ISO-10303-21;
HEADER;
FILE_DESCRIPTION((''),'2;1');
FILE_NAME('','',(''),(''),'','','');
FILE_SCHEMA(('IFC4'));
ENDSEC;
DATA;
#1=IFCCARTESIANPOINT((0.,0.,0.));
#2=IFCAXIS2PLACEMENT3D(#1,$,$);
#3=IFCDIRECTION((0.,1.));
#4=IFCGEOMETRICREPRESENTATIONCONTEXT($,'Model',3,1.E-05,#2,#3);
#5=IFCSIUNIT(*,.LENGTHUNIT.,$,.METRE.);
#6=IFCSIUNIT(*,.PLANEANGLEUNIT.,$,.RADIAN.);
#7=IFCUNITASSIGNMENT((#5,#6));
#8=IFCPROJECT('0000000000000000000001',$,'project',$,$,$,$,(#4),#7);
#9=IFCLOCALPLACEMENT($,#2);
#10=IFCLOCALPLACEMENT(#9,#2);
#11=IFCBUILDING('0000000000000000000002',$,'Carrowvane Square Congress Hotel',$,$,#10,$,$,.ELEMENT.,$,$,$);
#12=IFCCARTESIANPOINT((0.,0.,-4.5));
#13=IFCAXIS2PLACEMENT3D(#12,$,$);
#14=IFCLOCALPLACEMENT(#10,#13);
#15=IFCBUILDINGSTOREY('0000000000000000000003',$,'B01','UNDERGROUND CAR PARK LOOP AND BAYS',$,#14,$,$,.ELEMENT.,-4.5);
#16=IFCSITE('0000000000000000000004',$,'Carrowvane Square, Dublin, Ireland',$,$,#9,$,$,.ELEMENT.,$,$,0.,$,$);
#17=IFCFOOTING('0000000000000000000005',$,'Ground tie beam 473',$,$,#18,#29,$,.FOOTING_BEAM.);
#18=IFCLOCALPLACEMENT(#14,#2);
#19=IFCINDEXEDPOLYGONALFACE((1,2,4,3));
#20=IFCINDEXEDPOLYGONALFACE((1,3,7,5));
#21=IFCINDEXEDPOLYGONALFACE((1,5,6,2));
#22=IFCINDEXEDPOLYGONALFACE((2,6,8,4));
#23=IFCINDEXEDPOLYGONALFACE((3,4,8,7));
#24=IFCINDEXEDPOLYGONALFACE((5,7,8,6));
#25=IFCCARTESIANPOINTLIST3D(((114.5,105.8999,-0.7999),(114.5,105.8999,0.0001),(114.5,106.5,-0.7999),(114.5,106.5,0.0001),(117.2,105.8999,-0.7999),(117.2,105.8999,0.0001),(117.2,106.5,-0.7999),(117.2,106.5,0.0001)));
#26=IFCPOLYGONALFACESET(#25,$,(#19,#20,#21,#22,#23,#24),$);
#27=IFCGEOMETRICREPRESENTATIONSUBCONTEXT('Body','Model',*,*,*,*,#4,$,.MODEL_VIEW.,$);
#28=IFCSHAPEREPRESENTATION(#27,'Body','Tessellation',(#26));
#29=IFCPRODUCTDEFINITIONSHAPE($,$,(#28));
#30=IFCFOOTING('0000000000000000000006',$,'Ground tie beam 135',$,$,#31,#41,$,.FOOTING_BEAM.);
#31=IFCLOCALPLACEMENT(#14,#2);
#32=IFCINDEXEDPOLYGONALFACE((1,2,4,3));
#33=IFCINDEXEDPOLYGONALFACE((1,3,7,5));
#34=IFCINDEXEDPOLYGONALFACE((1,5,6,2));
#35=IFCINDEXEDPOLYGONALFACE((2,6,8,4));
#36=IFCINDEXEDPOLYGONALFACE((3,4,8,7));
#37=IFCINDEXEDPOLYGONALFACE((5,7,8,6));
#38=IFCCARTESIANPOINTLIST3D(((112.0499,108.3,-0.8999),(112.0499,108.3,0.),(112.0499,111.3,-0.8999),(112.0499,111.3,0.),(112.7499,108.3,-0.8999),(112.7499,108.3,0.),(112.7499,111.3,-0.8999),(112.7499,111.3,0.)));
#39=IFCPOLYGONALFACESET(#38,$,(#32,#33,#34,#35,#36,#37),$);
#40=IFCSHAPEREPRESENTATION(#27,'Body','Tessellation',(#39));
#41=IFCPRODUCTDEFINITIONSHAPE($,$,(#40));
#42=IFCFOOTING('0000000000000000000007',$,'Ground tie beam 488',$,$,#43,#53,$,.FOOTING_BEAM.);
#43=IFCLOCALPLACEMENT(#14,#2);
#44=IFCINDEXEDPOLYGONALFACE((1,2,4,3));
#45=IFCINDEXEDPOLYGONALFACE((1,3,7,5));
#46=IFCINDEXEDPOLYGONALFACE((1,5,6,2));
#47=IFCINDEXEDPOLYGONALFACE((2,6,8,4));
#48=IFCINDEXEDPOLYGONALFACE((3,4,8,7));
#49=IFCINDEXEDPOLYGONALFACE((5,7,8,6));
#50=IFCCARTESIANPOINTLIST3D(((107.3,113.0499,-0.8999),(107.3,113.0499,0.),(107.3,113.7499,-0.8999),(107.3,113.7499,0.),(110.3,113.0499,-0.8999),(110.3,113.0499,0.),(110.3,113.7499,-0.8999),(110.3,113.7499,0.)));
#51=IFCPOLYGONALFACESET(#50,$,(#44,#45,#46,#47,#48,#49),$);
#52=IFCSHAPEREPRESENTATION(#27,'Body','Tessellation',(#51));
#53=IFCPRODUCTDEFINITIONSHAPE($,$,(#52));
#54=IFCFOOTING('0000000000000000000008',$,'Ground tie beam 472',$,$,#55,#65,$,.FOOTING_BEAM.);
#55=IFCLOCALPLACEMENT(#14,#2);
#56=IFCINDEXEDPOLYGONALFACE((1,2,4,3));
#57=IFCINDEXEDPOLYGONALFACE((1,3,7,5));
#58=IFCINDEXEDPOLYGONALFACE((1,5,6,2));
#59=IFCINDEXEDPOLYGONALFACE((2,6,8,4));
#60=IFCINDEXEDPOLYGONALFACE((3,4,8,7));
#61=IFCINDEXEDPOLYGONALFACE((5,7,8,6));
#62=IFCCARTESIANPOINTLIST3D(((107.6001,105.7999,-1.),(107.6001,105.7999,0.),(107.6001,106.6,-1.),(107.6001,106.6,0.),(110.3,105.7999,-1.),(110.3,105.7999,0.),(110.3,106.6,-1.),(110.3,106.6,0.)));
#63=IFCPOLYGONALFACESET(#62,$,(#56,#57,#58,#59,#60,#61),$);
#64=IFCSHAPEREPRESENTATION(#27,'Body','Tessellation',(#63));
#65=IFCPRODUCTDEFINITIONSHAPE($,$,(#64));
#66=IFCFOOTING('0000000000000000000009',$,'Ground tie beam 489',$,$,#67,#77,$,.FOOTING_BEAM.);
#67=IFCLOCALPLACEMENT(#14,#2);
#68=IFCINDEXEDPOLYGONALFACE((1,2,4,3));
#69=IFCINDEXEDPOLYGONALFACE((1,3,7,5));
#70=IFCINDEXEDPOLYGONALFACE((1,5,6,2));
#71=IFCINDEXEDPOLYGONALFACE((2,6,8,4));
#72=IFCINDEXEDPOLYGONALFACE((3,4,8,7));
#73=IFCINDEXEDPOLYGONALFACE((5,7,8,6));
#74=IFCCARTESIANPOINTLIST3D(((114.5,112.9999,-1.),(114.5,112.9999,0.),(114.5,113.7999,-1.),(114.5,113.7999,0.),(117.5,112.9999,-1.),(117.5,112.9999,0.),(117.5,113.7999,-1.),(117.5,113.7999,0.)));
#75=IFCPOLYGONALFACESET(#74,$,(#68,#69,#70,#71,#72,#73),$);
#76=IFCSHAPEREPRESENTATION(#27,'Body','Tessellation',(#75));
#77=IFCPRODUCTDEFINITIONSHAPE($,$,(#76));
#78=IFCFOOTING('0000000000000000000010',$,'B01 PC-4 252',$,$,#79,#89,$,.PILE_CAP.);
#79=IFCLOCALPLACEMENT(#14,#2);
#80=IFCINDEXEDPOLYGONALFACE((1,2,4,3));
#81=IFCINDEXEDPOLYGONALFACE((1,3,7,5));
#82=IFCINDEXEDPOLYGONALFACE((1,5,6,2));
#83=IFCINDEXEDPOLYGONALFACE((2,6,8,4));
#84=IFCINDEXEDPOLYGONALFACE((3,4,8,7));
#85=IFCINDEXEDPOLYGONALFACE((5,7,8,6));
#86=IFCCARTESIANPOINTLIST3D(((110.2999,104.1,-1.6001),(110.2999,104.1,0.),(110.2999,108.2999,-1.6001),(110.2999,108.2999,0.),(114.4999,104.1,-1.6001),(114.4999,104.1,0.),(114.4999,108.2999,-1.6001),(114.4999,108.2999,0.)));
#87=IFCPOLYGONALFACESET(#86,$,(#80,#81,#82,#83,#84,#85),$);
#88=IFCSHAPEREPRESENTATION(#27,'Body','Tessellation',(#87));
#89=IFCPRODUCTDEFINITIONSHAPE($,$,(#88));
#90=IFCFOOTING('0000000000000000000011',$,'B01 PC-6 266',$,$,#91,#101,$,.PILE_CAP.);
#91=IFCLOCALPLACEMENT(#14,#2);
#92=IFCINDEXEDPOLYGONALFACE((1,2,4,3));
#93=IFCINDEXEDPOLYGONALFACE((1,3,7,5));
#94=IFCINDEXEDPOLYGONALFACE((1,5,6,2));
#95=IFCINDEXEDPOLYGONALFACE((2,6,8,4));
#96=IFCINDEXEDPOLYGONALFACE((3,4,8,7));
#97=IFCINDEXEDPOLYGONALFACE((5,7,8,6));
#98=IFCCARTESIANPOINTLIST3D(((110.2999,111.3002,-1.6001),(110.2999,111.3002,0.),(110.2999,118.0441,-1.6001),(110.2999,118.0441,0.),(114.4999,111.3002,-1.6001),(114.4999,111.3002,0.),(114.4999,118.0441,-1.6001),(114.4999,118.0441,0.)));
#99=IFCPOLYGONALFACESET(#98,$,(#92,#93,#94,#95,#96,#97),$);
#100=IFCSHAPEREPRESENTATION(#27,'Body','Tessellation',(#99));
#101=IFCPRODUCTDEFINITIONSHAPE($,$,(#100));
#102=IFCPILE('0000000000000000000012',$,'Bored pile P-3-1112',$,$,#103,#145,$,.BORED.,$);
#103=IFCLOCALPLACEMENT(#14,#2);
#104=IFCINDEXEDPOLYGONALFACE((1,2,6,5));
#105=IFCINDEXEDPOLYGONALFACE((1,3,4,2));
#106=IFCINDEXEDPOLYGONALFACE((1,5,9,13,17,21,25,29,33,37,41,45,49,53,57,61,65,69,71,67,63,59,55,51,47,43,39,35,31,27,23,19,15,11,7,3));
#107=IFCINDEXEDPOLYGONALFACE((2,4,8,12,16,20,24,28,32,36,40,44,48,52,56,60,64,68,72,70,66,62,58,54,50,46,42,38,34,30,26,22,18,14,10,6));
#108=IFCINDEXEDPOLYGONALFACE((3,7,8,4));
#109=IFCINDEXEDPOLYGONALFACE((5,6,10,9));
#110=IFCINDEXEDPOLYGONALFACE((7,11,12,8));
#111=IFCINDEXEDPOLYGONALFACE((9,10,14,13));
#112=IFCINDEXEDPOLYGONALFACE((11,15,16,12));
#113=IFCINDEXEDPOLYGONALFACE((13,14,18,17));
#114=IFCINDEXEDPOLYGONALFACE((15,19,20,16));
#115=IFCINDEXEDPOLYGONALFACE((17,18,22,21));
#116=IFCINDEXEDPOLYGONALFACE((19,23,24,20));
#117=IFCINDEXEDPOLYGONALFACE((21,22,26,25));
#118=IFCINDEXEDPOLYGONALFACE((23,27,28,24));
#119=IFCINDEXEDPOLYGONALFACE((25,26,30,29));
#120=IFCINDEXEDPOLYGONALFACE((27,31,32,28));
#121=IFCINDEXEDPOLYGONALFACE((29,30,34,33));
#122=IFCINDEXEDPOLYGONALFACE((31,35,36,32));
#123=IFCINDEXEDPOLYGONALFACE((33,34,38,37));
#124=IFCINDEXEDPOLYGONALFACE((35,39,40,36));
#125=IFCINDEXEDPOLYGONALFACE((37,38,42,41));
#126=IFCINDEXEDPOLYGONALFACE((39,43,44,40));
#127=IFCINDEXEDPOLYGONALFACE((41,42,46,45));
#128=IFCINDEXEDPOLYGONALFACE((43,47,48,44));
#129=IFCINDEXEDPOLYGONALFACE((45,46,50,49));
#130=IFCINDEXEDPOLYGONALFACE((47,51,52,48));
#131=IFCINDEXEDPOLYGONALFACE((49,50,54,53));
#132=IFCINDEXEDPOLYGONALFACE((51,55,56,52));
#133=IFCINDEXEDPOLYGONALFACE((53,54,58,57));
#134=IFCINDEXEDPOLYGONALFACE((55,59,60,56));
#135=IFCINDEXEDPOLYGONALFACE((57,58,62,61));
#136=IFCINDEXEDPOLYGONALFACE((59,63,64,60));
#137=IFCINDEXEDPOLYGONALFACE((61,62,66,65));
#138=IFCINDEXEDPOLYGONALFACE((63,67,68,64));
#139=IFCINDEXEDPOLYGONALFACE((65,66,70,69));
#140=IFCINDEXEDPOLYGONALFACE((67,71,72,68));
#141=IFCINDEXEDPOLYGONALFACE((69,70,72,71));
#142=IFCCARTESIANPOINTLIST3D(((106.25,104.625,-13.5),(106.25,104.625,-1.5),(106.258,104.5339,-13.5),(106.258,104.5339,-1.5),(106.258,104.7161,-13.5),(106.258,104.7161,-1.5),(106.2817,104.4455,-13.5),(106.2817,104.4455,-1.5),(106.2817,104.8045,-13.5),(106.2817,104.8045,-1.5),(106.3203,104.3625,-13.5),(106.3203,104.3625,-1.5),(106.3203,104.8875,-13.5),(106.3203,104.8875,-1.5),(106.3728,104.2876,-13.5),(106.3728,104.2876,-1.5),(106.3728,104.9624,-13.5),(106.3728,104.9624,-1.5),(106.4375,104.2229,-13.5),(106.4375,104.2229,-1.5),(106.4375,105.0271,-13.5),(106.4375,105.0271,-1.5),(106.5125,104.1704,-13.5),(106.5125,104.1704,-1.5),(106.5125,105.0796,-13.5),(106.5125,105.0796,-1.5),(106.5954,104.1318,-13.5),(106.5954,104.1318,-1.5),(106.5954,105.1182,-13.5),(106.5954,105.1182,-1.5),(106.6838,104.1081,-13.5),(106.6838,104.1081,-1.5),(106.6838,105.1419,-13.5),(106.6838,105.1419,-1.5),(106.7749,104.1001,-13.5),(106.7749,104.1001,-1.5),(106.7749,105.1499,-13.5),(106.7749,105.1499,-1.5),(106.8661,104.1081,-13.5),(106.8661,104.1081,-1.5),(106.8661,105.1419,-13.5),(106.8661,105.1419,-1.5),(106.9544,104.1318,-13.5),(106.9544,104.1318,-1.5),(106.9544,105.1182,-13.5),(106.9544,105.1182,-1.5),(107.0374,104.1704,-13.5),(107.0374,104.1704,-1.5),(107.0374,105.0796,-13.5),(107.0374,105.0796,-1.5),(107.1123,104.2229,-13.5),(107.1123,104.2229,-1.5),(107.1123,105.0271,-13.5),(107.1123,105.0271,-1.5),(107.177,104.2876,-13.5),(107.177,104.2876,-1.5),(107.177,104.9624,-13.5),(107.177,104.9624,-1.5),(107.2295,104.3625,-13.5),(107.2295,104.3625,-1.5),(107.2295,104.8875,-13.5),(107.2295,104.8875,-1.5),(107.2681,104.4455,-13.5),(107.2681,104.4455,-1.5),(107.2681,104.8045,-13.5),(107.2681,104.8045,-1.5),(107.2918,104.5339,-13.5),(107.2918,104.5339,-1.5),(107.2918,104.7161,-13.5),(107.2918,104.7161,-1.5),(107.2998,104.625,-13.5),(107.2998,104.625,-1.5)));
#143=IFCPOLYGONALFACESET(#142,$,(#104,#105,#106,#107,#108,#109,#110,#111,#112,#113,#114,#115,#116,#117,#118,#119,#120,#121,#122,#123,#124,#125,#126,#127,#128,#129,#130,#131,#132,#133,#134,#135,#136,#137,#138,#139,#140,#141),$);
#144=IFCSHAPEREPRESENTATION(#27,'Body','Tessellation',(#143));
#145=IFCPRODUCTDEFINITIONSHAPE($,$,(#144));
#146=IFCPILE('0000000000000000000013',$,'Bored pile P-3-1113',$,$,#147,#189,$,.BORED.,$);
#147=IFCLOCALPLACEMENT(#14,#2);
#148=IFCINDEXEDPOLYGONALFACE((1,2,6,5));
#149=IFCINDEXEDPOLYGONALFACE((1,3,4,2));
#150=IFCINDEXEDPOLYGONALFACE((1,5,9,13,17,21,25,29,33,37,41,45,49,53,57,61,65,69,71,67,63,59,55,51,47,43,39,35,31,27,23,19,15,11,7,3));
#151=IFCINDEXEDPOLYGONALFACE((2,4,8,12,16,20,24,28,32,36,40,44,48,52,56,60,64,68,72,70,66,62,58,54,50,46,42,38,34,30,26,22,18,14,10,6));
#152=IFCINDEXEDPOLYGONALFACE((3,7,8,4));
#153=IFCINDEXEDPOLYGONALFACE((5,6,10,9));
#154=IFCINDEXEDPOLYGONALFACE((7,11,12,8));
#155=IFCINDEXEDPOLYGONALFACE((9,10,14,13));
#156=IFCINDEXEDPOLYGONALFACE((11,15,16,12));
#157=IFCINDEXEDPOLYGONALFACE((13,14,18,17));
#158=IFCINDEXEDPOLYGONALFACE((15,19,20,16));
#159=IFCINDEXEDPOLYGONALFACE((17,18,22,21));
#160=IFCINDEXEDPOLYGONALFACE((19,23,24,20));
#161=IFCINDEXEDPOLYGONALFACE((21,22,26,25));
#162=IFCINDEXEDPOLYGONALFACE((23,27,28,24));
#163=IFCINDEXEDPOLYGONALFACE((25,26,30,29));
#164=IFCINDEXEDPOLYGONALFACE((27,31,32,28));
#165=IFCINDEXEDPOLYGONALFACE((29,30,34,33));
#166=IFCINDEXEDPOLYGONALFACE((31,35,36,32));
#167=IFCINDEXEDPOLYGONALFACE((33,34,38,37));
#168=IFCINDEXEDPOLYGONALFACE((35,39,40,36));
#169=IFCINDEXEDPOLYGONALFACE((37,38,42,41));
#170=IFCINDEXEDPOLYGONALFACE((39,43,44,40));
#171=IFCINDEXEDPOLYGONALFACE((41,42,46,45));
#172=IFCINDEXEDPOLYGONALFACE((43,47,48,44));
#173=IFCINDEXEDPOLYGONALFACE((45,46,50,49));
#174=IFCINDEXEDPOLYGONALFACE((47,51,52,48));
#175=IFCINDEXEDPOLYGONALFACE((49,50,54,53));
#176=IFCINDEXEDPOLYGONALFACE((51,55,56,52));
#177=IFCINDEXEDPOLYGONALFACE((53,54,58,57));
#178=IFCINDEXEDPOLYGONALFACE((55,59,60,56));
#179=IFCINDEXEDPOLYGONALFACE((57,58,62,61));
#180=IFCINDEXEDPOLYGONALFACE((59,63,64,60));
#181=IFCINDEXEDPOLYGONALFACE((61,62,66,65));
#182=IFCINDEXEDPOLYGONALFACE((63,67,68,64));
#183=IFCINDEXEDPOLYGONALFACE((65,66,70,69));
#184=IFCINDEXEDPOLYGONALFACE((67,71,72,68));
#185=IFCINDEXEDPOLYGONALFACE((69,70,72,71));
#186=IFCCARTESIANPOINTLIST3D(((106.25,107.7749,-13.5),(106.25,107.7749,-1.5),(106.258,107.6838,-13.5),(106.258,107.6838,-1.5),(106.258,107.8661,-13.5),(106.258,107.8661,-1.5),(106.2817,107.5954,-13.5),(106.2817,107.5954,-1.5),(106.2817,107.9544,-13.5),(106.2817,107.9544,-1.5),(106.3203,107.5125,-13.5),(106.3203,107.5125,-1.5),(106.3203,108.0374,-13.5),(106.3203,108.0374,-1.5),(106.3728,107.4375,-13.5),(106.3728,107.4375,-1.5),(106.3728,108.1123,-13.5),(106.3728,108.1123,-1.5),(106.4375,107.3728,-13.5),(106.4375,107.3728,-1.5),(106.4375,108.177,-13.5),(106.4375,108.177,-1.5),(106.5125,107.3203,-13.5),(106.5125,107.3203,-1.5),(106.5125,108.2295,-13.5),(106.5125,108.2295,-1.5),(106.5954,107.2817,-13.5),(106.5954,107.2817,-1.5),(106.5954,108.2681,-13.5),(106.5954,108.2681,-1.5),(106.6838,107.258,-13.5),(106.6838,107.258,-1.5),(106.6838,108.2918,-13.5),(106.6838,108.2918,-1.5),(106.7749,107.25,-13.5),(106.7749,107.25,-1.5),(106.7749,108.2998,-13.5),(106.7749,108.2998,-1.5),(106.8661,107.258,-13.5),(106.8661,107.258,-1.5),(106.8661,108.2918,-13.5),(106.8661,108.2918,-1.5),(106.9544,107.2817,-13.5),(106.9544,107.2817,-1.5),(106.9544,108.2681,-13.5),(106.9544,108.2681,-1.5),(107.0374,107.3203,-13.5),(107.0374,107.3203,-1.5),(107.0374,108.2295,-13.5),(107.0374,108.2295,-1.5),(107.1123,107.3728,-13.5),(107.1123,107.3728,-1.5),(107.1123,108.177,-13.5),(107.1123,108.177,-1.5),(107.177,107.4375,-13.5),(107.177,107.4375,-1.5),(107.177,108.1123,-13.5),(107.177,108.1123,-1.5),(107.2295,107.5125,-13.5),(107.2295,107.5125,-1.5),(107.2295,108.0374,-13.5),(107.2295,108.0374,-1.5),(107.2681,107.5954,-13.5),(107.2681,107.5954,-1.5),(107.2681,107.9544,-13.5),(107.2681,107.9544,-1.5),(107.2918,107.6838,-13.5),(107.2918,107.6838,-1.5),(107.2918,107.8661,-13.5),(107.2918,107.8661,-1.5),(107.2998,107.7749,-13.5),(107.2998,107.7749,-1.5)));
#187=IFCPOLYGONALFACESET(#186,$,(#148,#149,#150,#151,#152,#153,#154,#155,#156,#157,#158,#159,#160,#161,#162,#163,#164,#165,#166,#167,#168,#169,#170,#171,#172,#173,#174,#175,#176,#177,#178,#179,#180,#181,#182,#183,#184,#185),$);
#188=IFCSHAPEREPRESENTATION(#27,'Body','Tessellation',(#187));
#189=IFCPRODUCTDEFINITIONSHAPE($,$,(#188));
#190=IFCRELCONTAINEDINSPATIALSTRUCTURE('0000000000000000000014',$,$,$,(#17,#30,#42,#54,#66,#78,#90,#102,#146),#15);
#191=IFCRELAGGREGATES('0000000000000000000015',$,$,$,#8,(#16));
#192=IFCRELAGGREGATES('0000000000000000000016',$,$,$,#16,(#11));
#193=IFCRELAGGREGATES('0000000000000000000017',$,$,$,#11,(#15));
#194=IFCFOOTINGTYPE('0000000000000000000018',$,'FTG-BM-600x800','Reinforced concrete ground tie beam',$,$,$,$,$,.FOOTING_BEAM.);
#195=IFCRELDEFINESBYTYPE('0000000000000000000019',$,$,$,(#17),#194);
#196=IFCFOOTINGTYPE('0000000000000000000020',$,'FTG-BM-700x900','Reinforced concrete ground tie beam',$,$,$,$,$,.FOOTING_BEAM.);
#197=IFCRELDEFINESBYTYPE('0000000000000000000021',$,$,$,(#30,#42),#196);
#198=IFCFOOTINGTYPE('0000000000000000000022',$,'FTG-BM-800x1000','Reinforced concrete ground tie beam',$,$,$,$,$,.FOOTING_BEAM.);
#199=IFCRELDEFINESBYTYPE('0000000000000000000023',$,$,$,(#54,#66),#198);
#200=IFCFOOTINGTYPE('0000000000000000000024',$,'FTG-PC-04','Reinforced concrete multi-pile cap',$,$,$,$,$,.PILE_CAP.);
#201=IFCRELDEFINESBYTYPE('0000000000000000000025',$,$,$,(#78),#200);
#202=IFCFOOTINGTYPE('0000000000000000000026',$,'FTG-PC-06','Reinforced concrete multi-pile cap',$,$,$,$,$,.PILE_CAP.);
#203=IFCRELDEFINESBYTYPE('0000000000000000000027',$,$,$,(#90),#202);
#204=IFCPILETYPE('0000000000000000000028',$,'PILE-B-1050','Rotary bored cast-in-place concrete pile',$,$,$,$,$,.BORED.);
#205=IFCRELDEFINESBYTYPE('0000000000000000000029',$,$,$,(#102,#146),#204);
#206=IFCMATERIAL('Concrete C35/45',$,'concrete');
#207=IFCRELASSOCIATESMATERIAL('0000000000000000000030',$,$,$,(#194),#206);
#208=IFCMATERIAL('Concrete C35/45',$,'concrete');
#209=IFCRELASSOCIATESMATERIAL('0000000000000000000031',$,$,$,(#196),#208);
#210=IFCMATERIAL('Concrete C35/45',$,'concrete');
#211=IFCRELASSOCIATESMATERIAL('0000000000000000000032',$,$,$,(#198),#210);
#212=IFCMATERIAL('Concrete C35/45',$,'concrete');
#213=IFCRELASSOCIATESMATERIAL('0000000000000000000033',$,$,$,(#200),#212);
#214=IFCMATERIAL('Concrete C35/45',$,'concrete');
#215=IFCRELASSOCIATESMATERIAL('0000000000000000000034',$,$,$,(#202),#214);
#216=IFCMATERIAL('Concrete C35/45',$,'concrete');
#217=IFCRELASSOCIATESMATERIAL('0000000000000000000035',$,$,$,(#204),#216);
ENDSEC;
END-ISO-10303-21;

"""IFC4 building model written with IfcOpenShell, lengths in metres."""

from ifc_helpers import new_model, si_unit, direction, frame, origin, origin_2d, place, context, subcontext, project, spatial, rectangle, circle, extrude, material, material_profile, profile_set, type_object, element, save


model = new_model("IFC4")

# Units and contexts
model_context = context("Model", 3, precision=1e-05, world=origin(), true_north=direction((0.0, 1.0)))
body_context = subcontext(model_context, "Body", "Model", "MODEL_VIEW")
ifc_project = project(units=[si_unit("LENGTHUNIT", "METRE"), si_unit("PLANEANGLEUNIT", "RADIAN")], contexts=[model_context])

# Site, building, storey
site_placement = place(None, origin())
site = spatial("IfcSite", under=ifc_project, at=site_placement, Name="Carrowvane Square, Dublin, Ireland", CompositionType="ELEMENT", RefElevation=0.0)
building_placement = place(site_placement, origin())
building = spatial("IfcBuilding", under=site, at=building_placement, Name="Carrowvane Square Congress Hotel", CompositionType="ELEMENT")
storey_placement = place(building_placement, frame((0.0, 0.0, -4.5)))
storey = spatial("IfcBuildingStorey", under=building, at=storey_placement, Name="B01", Description="UNDERGROUND CAR PARK LOOP AND BAYS", CompositionType="ELEMENT", Elevation=-4.5)

# Footings
ifc_material_1 = material(Name="Concrete C35/45", Category="concrete")
ifc_material_profile_1 = material_profile(ifc_material_1, rectangle(XDim=0.6001, YDim=0.8, at=origin_2d()), Name="RC 600x800")
ifc_profile_set_1 = profile_set([ifc_material_profile_1], Name="Concrete C35/45")
footing_type_1 = type_object("IfcFootingType", Name="FTG-BM-600x800", Description="Reinforced concrete ground tie beam", PredefinedType="FOOTING_BEAM", material=ifc_profile_set_1)
footing_1_placement = place(storey_placement, frame((114.5, 106.2, -0.3999), z_axis=(1.0, 0.0, 0.0), x_axis=(0.0, 1.0, 0.0)))
element("IfcFooting", 1, at=footing_1_placement, inside=storey, type_object=footing_type_1, Name="Ground tie beam 473", PredefinedType="FOOTING_BEAM", context=body_context, shape_type="SweptSolid", body=[
    extrude(rectangle(XDim=0.6001, YDim=0.8, at=origin_2d()), origin(), (0.0, 0.0, 1.0), 2.7),
])
ifc_material_2 = material(Name="Concrete C35/45", Category="concrete")
ifc_material_profile_2 = material_profile(ifc_material_2, rectangle(XDim=0.7, YDim=0.8999, at=origin_2d()), Name="RC 700x900")
ifc_profile_set_2 = profile_set([ifc_material_profile_2], Name="Concrete C35/45")
footing_type_2 = type_object("IfcFootingType", Name="FTG-BM-700x900", Description="Reinforced concrete ground tie beam", PredefinedType="FOOTING_BEAM", material=ifc_profile_set_2)
for number, where, z_axis, x_axis, name in (
    (2, (112.3999, 108.3, -0.45), (0.0, 1.0, 0.0), (-1.0, 0.0, 0.0), "Ground tie beam 135"),
    (3, (107.3, 113.3999, -0.45), (1.0, 0.0, 0.0), (0.0, 1.0, 0.0), "Ground tie beam 488"),
):
    element("IfcFooting", number, at=place(storey_placement, frame(where, z_axis=z_axis, x_axis=x_axis)), inside=storey, type_object=footing_type_2, Name=name, PredefinedType="FOOTING_BEAM", context=body_context, shape_type="SweptSolid", body=[
        extrude(rectangle(XDim=0.7, YDim=0.8999, at=origin_2d()), origin(), (0.0, 0.0, 1.0), 3.0),
    ])
ifc_material_3 = material(Name="Concrete C35/45", Category="concrete")
ifc_material_profile_3 = material_profile(ifc_material_3, rectangle(XDim=0.8, YDim=1.0, at=origin_2d()), Name="RC 800x1000")
ifc_profile_set_3 = profile_set([ifc_material_profile_3], Name="Concrete C35/45")
footing_type_3 = type_object("IfcFootingType", Name="FTG-BM-800x1000", Description="Reinforced concrete ground tie beam", PredefinedType="FOOTING_BEAM", material=ifc_profile_set_3)
footing_2_placement = place(storey_placement, frame((107.6001, 106.2, -0.5), z_axis=(1.0, 0.0, 0.0), x_axis=(0.0, 1.0, 0.0)))
element("IfcFooting", 4, at=footing_2_placement, inside=storey, type_object=footing_type_3, Name="Ground tie beam 472", PredefinedType="FOOTING_BEAM", context=body_context, shape_type="SweptSolid", body=[
    extrude(rectangle(XDim=0.8, YDim=1.0, at=origin_2d()), origin(), (0.0, 0.0, 1.0), 2.7),
])
footing_3_placement = place(storey_placement, frame((114.5, 113.3999, -0.5), z_axis=(1.0, 0.0, 0.0), x_axis=(0.0, 1.0, 0.0)))
element("IfcFooting", 5, at=footing_3_placement, inside=storey, type_object=footing_type_3, Name="Ground tie beam 489", PredefinedType="FOOTING_BEAM", context=body_context, shape_type="SweptSolid", body=[
    extrude(rectangle(XDim=0.8, YDim=1.0, at=origin_2d()), origin(), (0.0, 0.0, 1.0), 3.0),
])
ifc_material_4 = material(Name="Concrete C35/45", Category="concrete")
footing_type_4 = type_object("IfcFootingType", Name="FTG-PC-04", Description="Reinforced concrete multi-pile cap", PredefinedType="PILE_CAP", material=ifc_material_4)
footing_4_placement = place(storey_placement, frame((112.3999, 106.2, -1.6001), z_axis=(0.0, 0.0, 1.0), x_axis=(1.0, 0.0, 0.0)))
element("IfcFooting", 6, at=footing_4_placement, inside=storey, type_object=footing_type_4, Name="B01 PC-4 252", PredefinedType="PILE_CAP", context=body_context, shape_type="SweptSolid", body=[
    extrude(rectangle(XDim=4.2, YDim=4.2, at=origin_2d()), origin(), (0.0, 0.0, 1.0), 1.6001),
])
ifc_material_5 = material(Name="Concrete C35/45", Category="concrete")
footing_type_5 = type_object("IfcFootingType", Name="FTG-PC-06", Description="Reinforced concrete multi-pile cap", PredefinedType="PILE_CAP", material=ifc_material_5)
footing_5_placement = place(storey_placement, frame((112.3999, 114.6721, -1.6001), z_axis=(0.0, 0.0, 1.0), x_axis=(1.0, 0.0, 0.0)))
element("IfcFooting", 7, at=footing_5_placement, inside=storey, type_object=footing_type_5, Name="B01 PC-6 266", PredefinedType="PILE_CAP", context=body_context, shape_type="SweptSolid", body=[
    extrude(rectangle(XDim=4.2, YDim=6.7439, at=origin_2d()), origin(), (0.0, 0.0, 1.0), 1.6001),
])

# Piles
ifc_material_6 = material(Name="Concrete C35/45", Category="concrete")
ifc_material_profile_4 = material_profile(ifc_material_6, circle(Radius=0.5249, at=origin_2d()), Name="PILE D1050")
ifc_profile_set_4 = profile_set([ifc_material_profile_4], Name="Concrete C35/45")
pile_type_1 = type_object("IfcPileType", Name="PILE-B-1050", Description="Rotary bored cast-in-place concrete pile", PredefinedType="BORED", material=ifc_profile_set_4)
for number, where, z_axis, x_axis, name in (
    (8, (106.7749, 104.625, -1.5), (0.0, 0.0, -1.0), (1.0, 0.0, 0.0), "Bored pile P-3-1112"),
    (9, (106.7749, 107.7749, -1.5), (0.0, 0.0, -1.0), (1.0, 0.0, 0.0), "Bored pile P-3-1113"),
):
    element("IfcPile", number, at=place(storey_placement, frame(where, z_axis=z_axis, x_axis=x_axis)), inside=storey, type_object=pile_type_1, Name=name, PredefinedType="BORED", context=body_context, shape_type="SweptSolid", body=[
        extrude(circle(Radius=0.5249, at=origin_2d()), origin(), (0.0, 0.0, 1.0), 12.0),
    ])

save(model, "model.ifc")
